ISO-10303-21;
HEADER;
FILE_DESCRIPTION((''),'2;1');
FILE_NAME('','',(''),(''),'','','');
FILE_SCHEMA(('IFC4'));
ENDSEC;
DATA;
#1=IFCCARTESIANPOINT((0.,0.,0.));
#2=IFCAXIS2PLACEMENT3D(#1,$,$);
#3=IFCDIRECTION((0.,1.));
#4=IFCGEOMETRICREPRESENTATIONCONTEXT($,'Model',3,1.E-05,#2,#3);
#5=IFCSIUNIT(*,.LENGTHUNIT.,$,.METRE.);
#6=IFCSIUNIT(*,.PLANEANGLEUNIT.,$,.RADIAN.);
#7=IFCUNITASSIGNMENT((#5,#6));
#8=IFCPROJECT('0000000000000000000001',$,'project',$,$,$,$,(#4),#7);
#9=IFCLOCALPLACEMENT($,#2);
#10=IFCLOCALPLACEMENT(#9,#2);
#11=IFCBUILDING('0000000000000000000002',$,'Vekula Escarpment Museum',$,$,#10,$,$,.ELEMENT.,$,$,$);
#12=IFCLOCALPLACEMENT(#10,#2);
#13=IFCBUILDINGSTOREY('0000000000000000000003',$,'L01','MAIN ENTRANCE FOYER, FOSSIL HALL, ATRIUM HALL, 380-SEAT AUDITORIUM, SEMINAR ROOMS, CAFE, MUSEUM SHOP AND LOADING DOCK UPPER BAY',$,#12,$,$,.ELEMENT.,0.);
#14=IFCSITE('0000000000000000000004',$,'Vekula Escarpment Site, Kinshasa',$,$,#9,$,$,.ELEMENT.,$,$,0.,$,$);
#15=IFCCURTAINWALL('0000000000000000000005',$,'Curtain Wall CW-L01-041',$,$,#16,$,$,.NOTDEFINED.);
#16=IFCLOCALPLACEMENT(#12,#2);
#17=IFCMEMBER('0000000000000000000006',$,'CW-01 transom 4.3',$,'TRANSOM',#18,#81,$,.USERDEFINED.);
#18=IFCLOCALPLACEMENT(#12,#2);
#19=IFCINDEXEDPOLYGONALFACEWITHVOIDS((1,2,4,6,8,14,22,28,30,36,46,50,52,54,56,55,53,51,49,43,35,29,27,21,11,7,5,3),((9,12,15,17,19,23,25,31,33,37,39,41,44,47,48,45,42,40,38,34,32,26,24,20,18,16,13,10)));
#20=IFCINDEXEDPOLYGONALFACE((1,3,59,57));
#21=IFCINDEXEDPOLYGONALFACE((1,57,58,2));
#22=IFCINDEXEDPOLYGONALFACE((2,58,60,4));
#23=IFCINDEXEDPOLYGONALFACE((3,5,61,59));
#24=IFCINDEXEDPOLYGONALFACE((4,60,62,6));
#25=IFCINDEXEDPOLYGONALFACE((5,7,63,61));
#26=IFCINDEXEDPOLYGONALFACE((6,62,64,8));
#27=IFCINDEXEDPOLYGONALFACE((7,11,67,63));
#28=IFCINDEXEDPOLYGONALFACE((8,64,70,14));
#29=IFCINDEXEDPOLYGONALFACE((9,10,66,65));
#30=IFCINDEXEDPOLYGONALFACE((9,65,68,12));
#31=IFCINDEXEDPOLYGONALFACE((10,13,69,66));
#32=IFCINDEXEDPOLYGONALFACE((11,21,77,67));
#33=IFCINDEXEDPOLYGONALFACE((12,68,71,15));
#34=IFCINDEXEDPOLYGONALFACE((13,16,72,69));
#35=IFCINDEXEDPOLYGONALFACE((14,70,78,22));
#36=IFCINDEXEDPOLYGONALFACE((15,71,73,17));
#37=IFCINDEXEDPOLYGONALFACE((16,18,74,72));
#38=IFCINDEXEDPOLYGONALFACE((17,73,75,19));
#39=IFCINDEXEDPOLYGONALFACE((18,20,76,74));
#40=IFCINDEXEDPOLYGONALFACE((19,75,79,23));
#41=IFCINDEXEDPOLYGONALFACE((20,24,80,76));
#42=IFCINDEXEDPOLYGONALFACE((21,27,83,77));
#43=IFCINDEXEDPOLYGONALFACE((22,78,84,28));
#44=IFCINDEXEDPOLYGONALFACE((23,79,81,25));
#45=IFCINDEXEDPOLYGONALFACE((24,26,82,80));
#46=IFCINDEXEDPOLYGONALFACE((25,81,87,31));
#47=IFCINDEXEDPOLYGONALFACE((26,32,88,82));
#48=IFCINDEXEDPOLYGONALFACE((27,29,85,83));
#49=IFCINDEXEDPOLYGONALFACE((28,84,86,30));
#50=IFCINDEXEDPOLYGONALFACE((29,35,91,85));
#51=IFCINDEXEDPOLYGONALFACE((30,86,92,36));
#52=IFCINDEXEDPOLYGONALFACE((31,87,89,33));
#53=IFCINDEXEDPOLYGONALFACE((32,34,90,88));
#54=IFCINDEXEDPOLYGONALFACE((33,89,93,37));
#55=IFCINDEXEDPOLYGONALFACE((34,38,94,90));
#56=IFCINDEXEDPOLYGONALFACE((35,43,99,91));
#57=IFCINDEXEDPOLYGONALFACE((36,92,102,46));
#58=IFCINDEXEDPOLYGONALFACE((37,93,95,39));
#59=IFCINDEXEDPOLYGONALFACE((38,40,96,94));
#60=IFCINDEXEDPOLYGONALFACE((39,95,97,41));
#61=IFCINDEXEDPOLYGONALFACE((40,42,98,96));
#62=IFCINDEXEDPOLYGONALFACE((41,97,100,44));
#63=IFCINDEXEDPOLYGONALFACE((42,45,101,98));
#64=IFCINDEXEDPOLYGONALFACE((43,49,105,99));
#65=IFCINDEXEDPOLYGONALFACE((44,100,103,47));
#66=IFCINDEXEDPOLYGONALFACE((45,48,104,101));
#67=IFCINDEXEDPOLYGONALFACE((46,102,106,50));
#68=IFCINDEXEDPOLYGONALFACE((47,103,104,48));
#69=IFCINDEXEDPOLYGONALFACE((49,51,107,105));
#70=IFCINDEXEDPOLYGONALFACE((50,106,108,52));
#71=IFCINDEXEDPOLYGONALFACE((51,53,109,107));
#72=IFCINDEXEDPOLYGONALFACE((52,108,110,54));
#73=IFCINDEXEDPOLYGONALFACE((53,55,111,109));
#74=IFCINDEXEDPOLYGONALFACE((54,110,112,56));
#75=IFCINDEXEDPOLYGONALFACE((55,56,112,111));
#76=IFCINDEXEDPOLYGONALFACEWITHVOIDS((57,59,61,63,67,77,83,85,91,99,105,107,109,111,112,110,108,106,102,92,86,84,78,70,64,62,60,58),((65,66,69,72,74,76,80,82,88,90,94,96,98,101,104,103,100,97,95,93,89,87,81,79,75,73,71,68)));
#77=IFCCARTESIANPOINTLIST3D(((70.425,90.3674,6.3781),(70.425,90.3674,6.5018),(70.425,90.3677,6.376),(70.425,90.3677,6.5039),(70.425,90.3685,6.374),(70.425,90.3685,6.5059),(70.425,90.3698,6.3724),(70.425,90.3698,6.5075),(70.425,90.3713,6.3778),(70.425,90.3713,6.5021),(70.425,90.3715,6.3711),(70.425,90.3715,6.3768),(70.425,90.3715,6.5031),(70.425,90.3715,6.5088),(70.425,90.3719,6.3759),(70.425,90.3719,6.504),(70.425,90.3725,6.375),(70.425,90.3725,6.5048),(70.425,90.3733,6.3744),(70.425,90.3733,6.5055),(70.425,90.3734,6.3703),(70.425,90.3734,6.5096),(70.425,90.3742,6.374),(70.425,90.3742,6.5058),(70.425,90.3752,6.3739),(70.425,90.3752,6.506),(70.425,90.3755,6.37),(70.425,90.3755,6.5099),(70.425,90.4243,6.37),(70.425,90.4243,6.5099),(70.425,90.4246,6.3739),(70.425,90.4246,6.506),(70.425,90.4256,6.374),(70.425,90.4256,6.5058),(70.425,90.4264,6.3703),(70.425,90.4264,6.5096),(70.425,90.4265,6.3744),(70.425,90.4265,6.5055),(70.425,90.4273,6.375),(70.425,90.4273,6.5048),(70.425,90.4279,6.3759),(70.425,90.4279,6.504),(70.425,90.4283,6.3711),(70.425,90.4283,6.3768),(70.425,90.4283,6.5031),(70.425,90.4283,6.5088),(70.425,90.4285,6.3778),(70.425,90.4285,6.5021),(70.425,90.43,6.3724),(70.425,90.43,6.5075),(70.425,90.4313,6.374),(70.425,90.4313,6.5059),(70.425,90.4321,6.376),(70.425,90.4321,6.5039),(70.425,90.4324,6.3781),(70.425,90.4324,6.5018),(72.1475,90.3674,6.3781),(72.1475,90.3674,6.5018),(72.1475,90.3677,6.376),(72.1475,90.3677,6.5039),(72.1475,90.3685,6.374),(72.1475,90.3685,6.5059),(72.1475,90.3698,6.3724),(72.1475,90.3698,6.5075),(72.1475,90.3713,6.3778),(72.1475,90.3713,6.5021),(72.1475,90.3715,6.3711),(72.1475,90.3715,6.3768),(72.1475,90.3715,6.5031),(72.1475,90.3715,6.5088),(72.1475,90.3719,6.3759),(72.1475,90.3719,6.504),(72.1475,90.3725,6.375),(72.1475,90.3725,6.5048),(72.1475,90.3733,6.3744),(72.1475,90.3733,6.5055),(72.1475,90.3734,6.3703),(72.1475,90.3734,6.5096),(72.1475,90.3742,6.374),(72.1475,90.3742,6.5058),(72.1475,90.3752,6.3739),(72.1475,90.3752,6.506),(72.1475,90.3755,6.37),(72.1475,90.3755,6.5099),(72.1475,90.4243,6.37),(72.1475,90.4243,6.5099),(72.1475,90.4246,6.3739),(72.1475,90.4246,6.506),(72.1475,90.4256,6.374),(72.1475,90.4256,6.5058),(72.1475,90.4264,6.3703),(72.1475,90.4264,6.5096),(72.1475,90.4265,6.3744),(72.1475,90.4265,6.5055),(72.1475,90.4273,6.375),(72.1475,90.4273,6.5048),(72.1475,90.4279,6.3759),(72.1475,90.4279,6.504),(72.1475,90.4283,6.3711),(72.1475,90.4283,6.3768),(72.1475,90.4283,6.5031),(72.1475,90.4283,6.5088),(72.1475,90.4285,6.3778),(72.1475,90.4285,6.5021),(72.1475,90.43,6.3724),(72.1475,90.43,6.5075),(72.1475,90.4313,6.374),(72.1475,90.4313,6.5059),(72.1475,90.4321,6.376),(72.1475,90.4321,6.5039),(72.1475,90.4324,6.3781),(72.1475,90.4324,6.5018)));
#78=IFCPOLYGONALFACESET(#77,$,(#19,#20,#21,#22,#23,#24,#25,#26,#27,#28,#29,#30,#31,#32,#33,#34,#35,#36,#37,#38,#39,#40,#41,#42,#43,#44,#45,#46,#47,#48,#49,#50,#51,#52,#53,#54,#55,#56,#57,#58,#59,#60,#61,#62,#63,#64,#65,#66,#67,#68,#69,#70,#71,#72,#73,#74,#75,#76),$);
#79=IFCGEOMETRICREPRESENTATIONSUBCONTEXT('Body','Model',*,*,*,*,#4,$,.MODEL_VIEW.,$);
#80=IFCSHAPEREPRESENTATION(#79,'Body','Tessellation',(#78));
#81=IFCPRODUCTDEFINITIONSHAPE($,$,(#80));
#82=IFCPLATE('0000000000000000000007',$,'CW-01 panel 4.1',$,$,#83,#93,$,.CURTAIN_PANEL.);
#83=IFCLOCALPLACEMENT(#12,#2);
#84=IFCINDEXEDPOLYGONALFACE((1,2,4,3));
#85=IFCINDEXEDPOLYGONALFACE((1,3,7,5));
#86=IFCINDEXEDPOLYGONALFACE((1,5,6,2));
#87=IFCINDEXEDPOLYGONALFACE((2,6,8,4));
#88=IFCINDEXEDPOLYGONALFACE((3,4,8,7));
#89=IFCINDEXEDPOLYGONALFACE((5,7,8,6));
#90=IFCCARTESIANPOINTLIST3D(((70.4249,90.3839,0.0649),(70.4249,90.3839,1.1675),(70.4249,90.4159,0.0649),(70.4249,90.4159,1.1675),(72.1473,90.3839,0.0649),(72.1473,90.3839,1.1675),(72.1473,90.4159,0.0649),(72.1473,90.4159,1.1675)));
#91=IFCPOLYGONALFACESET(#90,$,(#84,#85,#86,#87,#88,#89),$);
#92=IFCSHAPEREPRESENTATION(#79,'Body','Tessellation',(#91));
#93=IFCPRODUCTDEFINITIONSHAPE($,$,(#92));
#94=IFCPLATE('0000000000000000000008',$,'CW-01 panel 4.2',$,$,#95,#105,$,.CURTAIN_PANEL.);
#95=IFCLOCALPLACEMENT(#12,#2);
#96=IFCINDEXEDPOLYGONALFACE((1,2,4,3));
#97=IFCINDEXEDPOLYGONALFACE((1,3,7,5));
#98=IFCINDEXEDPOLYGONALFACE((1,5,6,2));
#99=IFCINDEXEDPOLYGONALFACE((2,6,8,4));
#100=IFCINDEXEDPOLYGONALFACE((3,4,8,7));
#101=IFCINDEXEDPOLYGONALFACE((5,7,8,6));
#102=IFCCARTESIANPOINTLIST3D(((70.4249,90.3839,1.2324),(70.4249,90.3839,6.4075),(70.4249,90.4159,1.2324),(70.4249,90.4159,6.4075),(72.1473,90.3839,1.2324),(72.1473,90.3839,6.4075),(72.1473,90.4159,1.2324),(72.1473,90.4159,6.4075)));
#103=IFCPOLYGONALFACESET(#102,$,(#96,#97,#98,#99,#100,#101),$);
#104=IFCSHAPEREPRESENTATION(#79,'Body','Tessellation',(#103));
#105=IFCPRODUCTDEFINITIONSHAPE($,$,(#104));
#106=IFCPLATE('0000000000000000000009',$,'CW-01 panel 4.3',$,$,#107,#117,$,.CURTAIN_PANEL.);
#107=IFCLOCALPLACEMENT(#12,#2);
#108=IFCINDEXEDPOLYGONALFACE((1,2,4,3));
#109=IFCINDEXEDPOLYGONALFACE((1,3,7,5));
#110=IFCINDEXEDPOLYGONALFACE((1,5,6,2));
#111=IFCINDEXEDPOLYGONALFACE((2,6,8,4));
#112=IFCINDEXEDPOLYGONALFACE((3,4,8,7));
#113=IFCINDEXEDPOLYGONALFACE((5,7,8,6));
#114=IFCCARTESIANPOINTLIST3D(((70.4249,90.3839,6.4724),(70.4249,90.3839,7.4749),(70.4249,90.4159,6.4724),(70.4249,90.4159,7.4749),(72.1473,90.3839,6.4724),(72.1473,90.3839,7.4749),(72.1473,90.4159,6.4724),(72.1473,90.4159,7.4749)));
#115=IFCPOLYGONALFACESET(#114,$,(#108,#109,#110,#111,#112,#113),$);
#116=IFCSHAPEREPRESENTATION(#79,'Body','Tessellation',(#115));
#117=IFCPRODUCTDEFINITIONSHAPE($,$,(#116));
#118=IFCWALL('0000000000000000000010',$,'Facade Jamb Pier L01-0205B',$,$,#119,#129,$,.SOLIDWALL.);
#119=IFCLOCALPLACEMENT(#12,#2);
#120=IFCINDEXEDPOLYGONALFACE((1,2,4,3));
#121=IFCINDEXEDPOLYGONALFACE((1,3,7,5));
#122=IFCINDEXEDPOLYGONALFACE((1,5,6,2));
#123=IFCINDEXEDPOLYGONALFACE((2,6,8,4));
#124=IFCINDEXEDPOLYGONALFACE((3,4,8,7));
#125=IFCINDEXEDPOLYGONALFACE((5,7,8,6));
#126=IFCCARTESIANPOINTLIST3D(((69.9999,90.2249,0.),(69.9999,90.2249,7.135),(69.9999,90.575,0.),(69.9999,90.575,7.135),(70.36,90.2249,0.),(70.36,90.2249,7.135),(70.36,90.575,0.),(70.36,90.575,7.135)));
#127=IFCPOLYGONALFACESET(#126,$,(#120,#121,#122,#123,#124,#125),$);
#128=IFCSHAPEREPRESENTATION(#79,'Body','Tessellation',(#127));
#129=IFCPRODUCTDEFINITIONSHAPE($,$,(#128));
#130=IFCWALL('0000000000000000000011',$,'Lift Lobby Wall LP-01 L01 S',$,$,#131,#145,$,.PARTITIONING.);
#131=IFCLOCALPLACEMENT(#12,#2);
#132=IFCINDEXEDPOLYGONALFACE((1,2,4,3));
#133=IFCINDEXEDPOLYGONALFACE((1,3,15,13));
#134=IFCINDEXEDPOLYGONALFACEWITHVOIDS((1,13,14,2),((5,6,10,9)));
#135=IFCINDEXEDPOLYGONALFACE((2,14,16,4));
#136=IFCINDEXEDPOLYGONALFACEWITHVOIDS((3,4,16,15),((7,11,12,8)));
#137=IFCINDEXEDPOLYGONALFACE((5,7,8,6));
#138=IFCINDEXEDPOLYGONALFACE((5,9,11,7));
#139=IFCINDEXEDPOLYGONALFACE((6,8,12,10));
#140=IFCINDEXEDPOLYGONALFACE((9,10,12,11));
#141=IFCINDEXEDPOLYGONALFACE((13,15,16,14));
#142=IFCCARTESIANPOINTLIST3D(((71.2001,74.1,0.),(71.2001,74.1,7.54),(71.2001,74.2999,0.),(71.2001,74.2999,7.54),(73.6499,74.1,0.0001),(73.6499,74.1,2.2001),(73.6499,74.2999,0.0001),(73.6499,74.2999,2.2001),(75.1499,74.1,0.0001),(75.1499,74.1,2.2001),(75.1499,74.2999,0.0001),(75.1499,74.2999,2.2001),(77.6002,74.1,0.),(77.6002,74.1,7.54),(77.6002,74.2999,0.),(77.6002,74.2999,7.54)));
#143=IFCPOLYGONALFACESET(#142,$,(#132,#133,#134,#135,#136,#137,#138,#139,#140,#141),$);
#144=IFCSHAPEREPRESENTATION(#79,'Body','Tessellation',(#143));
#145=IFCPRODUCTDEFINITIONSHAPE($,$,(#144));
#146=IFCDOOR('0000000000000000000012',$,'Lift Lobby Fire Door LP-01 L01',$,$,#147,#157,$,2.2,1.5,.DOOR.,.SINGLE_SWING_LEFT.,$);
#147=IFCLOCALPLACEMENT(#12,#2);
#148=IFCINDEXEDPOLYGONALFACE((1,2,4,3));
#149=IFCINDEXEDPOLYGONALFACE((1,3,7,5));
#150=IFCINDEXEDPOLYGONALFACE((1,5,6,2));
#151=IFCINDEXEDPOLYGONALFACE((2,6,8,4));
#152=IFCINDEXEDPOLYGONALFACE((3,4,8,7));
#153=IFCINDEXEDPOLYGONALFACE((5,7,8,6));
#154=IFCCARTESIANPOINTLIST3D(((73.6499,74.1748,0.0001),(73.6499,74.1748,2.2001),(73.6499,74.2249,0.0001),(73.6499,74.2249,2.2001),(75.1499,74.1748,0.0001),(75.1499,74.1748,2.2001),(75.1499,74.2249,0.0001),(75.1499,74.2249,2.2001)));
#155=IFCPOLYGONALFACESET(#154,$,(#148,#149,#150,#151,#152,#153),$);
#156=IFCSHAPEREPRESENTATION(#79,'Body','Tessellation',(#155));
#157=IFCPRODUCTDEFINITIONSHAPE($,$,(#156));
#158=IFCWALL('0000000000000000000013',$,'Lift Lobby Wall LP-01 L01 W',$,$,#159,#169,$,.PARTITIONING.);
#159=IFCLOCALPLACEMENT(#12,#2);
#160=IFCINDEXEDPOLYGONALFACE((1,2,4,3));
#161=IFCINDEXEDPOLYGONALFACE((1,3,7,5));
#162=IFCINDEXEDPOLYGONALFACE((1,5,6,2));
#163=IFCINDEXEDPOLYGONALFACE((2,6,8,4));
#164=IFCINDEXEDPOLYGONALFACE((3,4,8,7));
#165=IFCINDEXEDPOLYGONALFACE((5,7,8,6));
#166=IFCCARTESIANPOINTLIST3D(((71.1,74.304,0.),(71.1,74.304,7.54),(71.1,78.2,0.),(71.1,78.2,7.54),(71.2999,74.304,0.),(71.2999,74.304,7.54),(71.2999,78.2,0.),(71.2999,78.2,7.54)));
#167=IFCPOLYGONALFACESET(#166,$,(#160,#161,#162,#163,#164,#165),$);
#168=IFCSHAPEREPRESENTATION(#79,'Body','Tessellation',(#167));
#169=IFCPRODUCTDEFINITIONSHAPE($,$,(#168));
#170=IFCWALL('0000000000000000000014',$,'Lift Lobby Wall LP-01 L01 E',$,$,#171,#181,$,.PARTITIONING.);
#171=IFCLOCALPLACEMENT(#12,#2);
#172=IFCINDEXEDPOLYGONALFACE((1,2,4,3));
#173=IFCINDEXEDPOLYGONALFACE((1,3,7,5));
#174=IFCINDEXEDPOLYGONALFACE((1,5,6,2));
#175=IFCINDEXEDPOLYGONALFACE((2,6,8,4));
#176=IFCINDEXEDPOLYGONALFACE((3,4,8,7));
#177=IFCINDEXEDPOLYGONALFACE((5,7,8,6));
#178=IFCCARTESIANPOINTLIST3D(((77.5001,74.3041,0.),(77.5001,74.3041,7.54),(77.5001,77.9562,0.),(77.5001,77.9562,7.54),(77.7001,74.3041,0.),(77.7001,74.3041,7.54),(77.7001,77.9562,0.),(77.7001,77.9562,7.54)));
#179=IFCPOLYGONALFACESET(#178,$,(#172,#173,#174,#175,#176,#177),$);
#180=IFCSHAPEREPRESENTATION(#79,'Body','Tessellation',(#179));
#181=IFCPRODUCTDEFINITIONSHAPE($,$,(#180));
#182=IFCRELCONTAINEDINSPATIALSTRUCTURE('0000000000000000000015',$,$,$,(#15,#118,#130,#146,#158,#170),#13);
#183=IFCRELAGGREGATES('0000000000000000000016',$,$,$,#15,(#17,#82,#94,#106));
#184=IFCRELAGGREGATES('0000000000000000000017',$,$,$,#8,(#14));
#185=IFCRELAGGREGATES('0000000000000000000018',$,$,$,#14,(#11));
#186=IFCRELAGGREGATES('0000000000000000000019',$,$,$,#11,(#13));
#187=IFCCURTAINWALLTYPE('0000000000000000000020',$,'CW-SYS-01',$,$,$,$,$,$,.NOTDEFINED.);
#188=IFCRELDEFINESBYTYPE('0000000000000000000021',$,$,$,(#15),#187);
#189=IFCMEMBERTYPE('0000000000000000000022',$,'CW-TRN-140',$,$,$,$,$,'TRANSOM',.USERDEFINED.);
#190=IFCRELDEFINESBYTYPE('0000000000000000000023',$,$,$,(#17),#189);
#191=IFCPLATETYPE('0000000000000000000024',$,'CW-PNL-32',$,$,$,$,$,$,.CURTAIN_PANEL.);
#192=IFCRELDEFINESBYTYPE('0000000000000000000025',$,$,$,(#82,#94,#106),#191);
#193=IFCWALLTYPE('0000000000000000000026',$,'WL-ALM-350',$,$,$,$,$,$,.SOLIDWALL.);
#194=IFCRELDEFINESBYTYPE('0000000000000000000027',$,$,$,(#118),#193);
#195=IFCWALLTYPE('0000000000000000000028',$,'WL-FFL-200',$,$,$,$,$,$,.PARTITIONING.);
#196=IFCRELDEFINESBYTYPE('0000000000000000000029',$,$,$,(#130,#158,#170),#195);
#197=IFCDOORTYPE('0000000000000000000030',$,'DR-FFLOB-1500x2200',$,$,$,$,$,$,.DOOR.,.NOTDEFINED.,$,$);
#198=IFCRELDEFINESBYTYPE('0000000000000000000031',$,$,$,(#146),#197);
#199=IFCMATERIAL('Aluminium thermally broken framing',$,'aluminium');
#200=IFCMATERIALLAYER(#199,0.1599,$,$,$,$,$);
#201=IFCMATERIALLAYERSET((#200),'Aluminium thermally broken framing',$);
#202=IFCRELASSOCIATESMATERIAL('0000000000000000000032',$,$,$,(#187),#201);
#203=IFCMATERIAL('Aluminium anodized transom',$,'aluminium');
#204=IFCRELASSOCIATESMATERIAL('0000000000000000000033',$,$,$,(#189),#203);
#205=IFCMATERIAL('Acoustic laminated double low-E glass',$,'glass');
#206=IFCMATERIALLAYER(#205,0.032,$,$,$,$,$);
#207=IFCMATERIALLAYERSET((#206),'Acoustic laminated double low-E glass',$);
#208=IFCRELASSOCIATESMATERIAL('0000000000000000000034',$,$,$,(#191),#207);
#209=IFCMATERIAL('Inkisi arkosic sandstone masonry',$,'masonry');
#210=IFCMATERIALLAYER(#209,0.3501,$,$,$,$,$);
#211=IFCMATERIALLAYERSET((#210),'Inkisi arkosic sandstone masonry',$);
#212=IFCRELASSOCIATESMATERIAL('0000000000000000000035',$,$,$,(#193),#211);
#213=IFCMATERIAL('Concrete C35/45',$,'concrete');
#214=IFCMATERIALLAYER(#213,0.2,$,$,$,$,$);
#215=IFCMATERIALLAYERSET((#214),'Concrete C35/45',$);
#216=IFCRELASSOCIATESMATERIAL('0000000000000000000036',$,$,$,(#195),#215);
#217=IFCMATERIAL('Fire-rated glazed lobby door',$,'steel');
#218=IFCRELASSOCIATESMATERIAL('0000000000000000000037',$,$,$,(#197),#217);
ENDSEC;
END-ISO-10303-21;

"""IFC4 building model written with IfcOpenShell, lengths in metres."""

from ifc_helpers import new_model, si_unit, direction, frame, frame_2d, origin, origin_2d, place, context, subcontext, project, spatial, rectangle, hollow_rectangle, extrude, material, layer, layer_set, material_profile, profile_set, type_object, element, fill, aggregate, save


model = new_model("IFC4")

# Units and contexts
model_context = context("Model", 3, precision=1e-05, world=origin(), true_north=direction((0.0, 1.0)))
body_context = subcontext(model_context, "Body", "Model", "MODEL_VIEW")
ifc_project = project(units=[si_unit("LENGTHUNIT", "METRE"), si_unit("PLANEANGLEUNIT", "RADIAN")], contexts=[model_context])

# Site, building, storey
site_placement = place(None, origin())
site = spatial("IfcSite", under=ifc_project, at=site_placement, Name="Vekula Escarpment Site, Kinshasa", CompositionType="ELEMENT", RefElevation=0.0)
building_placement = place(site_placement, origin())
building = spatial("IfcBuilding", under=site, at=building_placement, Name="Vekula Escarpment Museum", CompositionType="ELEMENT")
storey_placement = place(building_placement, origin())
storey = spatial("IfcBuildingStorey", under=building, at=storey_placement, Name="L01", Description="MAIN ENTRANCE FOYER, FOSSIL HALL, ATRIUM HALL, 380-SEAT AUDITORIUM, SEMINAR ROOMS, CAFE, MUSEUM SHOP AND LOADING DOCK UPPER BAY", CompositionType="ELEMENT", Elevation=0.0)

# Curtain wall, member, plates
ifc_material_1 = material(Name="Aluminium thermally broken framing", Category="aluminium")
ifc_layer_1 = layer(ifc_material_1, 0.1599)
ifc_layer_set_1 = layer_set([ifc_layer_1], Name="Aluminium thermally broken framing")
curtain_wall_type = type_object("IfcCurtainWallType", Name="CW-SYS-01", PredefinedType="NOTDEFINED", material=ifc_layer_set_1)
curtain_wall_placement = place(storey_placement, origin())
curtain_wall = element("IfcCurtainWall", 1, at=curtain_wall_placement, inside=storey, type_object=curtain_wall_type, Name="Curtain Wall CW-L01-041", PredefinedType="NOTDEFINED")
ifc_material_2 = material(Name="Aluminium anodized transom", Category="aluminium")
ifc_material_profile_1 = material_profile(ifc_material_2, hollow_rectangle(XDim=0.0649, YDim=0.1399, WallThickness=0.0039, InnerFilletRadius=0.0039, OuterFilletRadius=0.0081, at=origin_2d()), Name="ALU 140x65x4")
ifc_profile_set_1 = profile_set([ifc_material_profile_1], Name="Aluminium anodized transom")
member_type_1 = type_object("IfcMemberType", Name="CW-TRN-140", ElementType="TRANSOM", PredefinedType="USERDEFINED", material=ifc_profile_set_1)
member_1_placement = place(storey_placement, frame((72.1475, 90.3999, 6.4399), z_axis=(-1.0, 0.0, 0.0), x_axis=(0.0, -1.0, 0.0)))
member_1 = element("IfcMember", 2, at=member_1_placement, type_object=member_type_1, Name="CW-01 transom 4.3", ObjectType="TRANSOM", PredefinedType="USERDEFINED", context=body_context, shape_type="SweptSolid", body=[
    extrude(hollow_rectangle(XDim=0.0649, YDim=0.1399, WallThickness=0.0039, InnerFilletRadius=0.0039, OuterFilletRadius=0.0081, at=origin_2d()), origin(), (0.0, 0.0, 1.0), 1.7224),
])
ifc_material_3 = material(Name="Acoustic laminated double low-E glass", Category="glass")
ifc_layer_2 = layer(ifc_material_3, 0.032)
ifc_layer_set_2 = layer_set([ifc_layer_2], Name="Acoustic laminated double low-E glass")
plate_type = type_object("IfcPlateType", Name="CW-PNL-32", PredefinedType="CURTAIN_PANEL", material=ifc_layer_set_2)
plate_1_placement = place(storey_placement, frame((71.2861, 90.3999, 0.0649), z_axis=(0.0, 0.0, 1.0), x_axis=(-1.0, 0.0, 0.0)))
plate_1 = element("IfcPlate", 3, at=plate_1_placement, type_object=plate_type, Name="CW-01 panel 4.1", PredefinedType="CURTAIN_PANEL", context=body_context, shape_type="SweptSolid", body=[
    extrude(rectangle(XDim=1.7224, YDim=0.032, at=origin_2d()), origin(), (0.0, 0.0, 1.0), 1.1025),
])
plate_2_placement = place(storey_placement, frame((71.2861, 90.3999, 1.2324), z_axis=(0.0, 0.0, 1.0), x_axis=(-1.0, 0.0, 0.0)))
plate_2 = element("IfcPlate", 4, at=plate_2_placement, type_object=plate_type, Name="CW-01 panel 4.2", PredefinedType="CURTAIN_PANEL", context=body_context, shape_type="SweptSolid", body=[
    extrude(rectangle(XDim=1.7224, YDim=0.032, at=origin_2d()), origin(), (0.0, 0.0, 1.0), 5.175),
])
plate_3_placement = place(storey_placement, frame((71.2861, 90.3999, 6.4724), z_axis=(0.0, 0.0, 1.0), x_axis=(-1.0, 0.0, 0.0)))
plate_3 = element("IfcPlate", 5, at=plate_3_placement, type_object=plate_type, Name="CW-01 panel 4.3", PredefinedType="CURTAIN_PANEL", context=body_context, shape_type="SweptSolid", body=[
    extrude(rectangle(XDim=1.7224, YDim=0.032, at=origin_2d()), origin(), (0.0, 0.0, 1.0), 1.0024),
])
aggregate(curtain_wall, [member_1, plate_1, plate_2, plate_3])

# Wall
ifc_material_4 = material(Name="Inkisi arkosic sandstone masonry", Category="masonry")
ifc_layer_3 = layer(ifc_material_4, 0.3501)
ifc_layer_set_3 = layer_set([ifc_layer_3], Name="Inkisi arkosic sandstone masonry")
wall_type_1 = type_object("IfcWallType", Name="WL-ALM-350", PredefinedType="SOLIDWALL", material=ifc_layer_set_3)
wall_1_placement = place(storey_placement, frame((70.3601, 90.3999, 0.0), z_axis=(0.0, 0.0, 1.0), x_axis=(-1.0, 0.0, 0.0)))
element("IfcWall", 6, at=wall_1_placement, inside=storey, type_object=wall_type_1, Name="Facade Jamb Pier L01-0205B", PredefinedType="SOLIDWALL", context=body_context, shape_type="SweptSolid", body=[
    extrude(rectangle(XDim=0.3601, YDim=0.3501, at=frame_2d((0.1802, 0.0))), origin(), (0.0, 0.0, 1.0), 7.135),
])

# Wall, opening, door
ifc_material_5 = material(Name="Concrete C35/45", Category="concrete")
ifc_layer_4 = layer(ifc_material_5, 0.2)
ifc_layer_set_4 = layer_set([ifc_layer_4], Name="Concrete C35/45")
wall_type_2 = type_object("IfcWallType", Name="WL-FFL-200", PredefinedType="PARTITIONING", material=ifc_layer_set_4)
wall_2_placement = place(storey_placement, frame((71.2, 74.2, 0.0), z_axis=(0.0, 0.0, 1.0), x_axis=(1.0, 0.0, 0.0)))
wall_2 = element("IfcWall", 7, at=wall_2_placement, inside=storey, type_object=wall_type_2, Name="Lift Lobby Wall LP-01 L01 S", PredefinedType="PARTITIONING", context=body_context, shape_type="SweptSolid", body=[
    extrude(rectangle(XDim=6.4001, YDim=0.2, at=frame_2d((3.2002, 0.0))), origin(), (0.0, 0.0, 1.0), 7.54),
])
opening_1_placement = place(wall_2_placement, frame((2.45, 0.0, 0.0)))
opening_1 = element("IfcOpeningElement", 8, at=opening_1_placement, cuts=wall_2, PredefinedType="OPENING", context=body_context, shape_type="SweptSolid", body=[
    extrude(rectangle(XDim=1.5, YDim=2.2, at=frame_2d((0.75, 1.1001))), frame((0.0, 0.1099, 0.0), z_axis=(0.0, -1.0, 0.0), x_axis=(1.0, 0.0, 0.0)), (0.0, 0.0, 1.0), 0.22),
])
ifc_material_6 = material(Name="Fire-rated glazed lobby door", Category="steel")
door_type_1 = type_object("IfcDoorType", Name="DR-FFLOB-1500x2200", OperationType="NOTDEFINED", PredefinedType="DOOR", material=ifc_material_6)
door_1_placement = place(opening_1_placement, origin())
door_1 = element("IfcDoor", 9, at=door_1_placement, inside=storey, type_object=door_type_1, Name="Lift Lobby Fire Door LP-01 L01", OperationType="SINGLE_SWING_LEFT", OverallHeight=2.2, OverallWidth=1.5, PredefinedType="DOOR", context=body_context, shape_type="SweptSolid", body=[
    extrude(rectangle(XDim=1.5, YDim=2.2, at=frame_2d((0.75, 1.1001))), frame((0.0, 0.0249, 0.0), z_axis=(0.0, -1.0, 0.0), x_axis=(1.0, 0.0, 0.0)), (0.0, 0.0, 1.0), 0.05),
])
fill(opening_1, door_1)

# Walls
wall_3_placement = place(storey_placement, frame((71.2, 74.304, 0.0), z_axis=(0.0, 0.0, 1.0), x_axis=(0.0, 1.0, 0.0)))
element("IfcWall", 10, at=wall_3_placement, inside=storey, type_object=wall_type_2, Name="Lift Lobby Wall LP-01 L01 W", PredefinedType="PARTITIONING", context=body_context, shape_type="SweptSolid", body=[
    extrude(rectangle(XDim=3.896, YDim=0.2, at=frame_2d((1.948, 0.0))), origin(), (0.0, 0.0, 1.0), 7.54),
])
wall_4_placement = place(storey_placement, frame((77.6001, 74.304, 0.0), z_axis=(0.0, 0.0, 1.0), x_axis=(0.0, 1.0, 0.0)))
element("IfcWall", 11, at=wall_4_placement, inside=storey, type_object=wall_type_2, Name="Lift Lobby Wall LP-01 L01 E", PredefinedType="PARTITIONING", context=body_context, shape_type="SweptSolid", body=[
    extrude(rectangle(XDim=3.6521, YDim=0.2, at=frame_2d((1.8262, 0.0))), origin(), (0.0, 0.0, 1.0), 7.54),
])

save(model, "model.ifc")
